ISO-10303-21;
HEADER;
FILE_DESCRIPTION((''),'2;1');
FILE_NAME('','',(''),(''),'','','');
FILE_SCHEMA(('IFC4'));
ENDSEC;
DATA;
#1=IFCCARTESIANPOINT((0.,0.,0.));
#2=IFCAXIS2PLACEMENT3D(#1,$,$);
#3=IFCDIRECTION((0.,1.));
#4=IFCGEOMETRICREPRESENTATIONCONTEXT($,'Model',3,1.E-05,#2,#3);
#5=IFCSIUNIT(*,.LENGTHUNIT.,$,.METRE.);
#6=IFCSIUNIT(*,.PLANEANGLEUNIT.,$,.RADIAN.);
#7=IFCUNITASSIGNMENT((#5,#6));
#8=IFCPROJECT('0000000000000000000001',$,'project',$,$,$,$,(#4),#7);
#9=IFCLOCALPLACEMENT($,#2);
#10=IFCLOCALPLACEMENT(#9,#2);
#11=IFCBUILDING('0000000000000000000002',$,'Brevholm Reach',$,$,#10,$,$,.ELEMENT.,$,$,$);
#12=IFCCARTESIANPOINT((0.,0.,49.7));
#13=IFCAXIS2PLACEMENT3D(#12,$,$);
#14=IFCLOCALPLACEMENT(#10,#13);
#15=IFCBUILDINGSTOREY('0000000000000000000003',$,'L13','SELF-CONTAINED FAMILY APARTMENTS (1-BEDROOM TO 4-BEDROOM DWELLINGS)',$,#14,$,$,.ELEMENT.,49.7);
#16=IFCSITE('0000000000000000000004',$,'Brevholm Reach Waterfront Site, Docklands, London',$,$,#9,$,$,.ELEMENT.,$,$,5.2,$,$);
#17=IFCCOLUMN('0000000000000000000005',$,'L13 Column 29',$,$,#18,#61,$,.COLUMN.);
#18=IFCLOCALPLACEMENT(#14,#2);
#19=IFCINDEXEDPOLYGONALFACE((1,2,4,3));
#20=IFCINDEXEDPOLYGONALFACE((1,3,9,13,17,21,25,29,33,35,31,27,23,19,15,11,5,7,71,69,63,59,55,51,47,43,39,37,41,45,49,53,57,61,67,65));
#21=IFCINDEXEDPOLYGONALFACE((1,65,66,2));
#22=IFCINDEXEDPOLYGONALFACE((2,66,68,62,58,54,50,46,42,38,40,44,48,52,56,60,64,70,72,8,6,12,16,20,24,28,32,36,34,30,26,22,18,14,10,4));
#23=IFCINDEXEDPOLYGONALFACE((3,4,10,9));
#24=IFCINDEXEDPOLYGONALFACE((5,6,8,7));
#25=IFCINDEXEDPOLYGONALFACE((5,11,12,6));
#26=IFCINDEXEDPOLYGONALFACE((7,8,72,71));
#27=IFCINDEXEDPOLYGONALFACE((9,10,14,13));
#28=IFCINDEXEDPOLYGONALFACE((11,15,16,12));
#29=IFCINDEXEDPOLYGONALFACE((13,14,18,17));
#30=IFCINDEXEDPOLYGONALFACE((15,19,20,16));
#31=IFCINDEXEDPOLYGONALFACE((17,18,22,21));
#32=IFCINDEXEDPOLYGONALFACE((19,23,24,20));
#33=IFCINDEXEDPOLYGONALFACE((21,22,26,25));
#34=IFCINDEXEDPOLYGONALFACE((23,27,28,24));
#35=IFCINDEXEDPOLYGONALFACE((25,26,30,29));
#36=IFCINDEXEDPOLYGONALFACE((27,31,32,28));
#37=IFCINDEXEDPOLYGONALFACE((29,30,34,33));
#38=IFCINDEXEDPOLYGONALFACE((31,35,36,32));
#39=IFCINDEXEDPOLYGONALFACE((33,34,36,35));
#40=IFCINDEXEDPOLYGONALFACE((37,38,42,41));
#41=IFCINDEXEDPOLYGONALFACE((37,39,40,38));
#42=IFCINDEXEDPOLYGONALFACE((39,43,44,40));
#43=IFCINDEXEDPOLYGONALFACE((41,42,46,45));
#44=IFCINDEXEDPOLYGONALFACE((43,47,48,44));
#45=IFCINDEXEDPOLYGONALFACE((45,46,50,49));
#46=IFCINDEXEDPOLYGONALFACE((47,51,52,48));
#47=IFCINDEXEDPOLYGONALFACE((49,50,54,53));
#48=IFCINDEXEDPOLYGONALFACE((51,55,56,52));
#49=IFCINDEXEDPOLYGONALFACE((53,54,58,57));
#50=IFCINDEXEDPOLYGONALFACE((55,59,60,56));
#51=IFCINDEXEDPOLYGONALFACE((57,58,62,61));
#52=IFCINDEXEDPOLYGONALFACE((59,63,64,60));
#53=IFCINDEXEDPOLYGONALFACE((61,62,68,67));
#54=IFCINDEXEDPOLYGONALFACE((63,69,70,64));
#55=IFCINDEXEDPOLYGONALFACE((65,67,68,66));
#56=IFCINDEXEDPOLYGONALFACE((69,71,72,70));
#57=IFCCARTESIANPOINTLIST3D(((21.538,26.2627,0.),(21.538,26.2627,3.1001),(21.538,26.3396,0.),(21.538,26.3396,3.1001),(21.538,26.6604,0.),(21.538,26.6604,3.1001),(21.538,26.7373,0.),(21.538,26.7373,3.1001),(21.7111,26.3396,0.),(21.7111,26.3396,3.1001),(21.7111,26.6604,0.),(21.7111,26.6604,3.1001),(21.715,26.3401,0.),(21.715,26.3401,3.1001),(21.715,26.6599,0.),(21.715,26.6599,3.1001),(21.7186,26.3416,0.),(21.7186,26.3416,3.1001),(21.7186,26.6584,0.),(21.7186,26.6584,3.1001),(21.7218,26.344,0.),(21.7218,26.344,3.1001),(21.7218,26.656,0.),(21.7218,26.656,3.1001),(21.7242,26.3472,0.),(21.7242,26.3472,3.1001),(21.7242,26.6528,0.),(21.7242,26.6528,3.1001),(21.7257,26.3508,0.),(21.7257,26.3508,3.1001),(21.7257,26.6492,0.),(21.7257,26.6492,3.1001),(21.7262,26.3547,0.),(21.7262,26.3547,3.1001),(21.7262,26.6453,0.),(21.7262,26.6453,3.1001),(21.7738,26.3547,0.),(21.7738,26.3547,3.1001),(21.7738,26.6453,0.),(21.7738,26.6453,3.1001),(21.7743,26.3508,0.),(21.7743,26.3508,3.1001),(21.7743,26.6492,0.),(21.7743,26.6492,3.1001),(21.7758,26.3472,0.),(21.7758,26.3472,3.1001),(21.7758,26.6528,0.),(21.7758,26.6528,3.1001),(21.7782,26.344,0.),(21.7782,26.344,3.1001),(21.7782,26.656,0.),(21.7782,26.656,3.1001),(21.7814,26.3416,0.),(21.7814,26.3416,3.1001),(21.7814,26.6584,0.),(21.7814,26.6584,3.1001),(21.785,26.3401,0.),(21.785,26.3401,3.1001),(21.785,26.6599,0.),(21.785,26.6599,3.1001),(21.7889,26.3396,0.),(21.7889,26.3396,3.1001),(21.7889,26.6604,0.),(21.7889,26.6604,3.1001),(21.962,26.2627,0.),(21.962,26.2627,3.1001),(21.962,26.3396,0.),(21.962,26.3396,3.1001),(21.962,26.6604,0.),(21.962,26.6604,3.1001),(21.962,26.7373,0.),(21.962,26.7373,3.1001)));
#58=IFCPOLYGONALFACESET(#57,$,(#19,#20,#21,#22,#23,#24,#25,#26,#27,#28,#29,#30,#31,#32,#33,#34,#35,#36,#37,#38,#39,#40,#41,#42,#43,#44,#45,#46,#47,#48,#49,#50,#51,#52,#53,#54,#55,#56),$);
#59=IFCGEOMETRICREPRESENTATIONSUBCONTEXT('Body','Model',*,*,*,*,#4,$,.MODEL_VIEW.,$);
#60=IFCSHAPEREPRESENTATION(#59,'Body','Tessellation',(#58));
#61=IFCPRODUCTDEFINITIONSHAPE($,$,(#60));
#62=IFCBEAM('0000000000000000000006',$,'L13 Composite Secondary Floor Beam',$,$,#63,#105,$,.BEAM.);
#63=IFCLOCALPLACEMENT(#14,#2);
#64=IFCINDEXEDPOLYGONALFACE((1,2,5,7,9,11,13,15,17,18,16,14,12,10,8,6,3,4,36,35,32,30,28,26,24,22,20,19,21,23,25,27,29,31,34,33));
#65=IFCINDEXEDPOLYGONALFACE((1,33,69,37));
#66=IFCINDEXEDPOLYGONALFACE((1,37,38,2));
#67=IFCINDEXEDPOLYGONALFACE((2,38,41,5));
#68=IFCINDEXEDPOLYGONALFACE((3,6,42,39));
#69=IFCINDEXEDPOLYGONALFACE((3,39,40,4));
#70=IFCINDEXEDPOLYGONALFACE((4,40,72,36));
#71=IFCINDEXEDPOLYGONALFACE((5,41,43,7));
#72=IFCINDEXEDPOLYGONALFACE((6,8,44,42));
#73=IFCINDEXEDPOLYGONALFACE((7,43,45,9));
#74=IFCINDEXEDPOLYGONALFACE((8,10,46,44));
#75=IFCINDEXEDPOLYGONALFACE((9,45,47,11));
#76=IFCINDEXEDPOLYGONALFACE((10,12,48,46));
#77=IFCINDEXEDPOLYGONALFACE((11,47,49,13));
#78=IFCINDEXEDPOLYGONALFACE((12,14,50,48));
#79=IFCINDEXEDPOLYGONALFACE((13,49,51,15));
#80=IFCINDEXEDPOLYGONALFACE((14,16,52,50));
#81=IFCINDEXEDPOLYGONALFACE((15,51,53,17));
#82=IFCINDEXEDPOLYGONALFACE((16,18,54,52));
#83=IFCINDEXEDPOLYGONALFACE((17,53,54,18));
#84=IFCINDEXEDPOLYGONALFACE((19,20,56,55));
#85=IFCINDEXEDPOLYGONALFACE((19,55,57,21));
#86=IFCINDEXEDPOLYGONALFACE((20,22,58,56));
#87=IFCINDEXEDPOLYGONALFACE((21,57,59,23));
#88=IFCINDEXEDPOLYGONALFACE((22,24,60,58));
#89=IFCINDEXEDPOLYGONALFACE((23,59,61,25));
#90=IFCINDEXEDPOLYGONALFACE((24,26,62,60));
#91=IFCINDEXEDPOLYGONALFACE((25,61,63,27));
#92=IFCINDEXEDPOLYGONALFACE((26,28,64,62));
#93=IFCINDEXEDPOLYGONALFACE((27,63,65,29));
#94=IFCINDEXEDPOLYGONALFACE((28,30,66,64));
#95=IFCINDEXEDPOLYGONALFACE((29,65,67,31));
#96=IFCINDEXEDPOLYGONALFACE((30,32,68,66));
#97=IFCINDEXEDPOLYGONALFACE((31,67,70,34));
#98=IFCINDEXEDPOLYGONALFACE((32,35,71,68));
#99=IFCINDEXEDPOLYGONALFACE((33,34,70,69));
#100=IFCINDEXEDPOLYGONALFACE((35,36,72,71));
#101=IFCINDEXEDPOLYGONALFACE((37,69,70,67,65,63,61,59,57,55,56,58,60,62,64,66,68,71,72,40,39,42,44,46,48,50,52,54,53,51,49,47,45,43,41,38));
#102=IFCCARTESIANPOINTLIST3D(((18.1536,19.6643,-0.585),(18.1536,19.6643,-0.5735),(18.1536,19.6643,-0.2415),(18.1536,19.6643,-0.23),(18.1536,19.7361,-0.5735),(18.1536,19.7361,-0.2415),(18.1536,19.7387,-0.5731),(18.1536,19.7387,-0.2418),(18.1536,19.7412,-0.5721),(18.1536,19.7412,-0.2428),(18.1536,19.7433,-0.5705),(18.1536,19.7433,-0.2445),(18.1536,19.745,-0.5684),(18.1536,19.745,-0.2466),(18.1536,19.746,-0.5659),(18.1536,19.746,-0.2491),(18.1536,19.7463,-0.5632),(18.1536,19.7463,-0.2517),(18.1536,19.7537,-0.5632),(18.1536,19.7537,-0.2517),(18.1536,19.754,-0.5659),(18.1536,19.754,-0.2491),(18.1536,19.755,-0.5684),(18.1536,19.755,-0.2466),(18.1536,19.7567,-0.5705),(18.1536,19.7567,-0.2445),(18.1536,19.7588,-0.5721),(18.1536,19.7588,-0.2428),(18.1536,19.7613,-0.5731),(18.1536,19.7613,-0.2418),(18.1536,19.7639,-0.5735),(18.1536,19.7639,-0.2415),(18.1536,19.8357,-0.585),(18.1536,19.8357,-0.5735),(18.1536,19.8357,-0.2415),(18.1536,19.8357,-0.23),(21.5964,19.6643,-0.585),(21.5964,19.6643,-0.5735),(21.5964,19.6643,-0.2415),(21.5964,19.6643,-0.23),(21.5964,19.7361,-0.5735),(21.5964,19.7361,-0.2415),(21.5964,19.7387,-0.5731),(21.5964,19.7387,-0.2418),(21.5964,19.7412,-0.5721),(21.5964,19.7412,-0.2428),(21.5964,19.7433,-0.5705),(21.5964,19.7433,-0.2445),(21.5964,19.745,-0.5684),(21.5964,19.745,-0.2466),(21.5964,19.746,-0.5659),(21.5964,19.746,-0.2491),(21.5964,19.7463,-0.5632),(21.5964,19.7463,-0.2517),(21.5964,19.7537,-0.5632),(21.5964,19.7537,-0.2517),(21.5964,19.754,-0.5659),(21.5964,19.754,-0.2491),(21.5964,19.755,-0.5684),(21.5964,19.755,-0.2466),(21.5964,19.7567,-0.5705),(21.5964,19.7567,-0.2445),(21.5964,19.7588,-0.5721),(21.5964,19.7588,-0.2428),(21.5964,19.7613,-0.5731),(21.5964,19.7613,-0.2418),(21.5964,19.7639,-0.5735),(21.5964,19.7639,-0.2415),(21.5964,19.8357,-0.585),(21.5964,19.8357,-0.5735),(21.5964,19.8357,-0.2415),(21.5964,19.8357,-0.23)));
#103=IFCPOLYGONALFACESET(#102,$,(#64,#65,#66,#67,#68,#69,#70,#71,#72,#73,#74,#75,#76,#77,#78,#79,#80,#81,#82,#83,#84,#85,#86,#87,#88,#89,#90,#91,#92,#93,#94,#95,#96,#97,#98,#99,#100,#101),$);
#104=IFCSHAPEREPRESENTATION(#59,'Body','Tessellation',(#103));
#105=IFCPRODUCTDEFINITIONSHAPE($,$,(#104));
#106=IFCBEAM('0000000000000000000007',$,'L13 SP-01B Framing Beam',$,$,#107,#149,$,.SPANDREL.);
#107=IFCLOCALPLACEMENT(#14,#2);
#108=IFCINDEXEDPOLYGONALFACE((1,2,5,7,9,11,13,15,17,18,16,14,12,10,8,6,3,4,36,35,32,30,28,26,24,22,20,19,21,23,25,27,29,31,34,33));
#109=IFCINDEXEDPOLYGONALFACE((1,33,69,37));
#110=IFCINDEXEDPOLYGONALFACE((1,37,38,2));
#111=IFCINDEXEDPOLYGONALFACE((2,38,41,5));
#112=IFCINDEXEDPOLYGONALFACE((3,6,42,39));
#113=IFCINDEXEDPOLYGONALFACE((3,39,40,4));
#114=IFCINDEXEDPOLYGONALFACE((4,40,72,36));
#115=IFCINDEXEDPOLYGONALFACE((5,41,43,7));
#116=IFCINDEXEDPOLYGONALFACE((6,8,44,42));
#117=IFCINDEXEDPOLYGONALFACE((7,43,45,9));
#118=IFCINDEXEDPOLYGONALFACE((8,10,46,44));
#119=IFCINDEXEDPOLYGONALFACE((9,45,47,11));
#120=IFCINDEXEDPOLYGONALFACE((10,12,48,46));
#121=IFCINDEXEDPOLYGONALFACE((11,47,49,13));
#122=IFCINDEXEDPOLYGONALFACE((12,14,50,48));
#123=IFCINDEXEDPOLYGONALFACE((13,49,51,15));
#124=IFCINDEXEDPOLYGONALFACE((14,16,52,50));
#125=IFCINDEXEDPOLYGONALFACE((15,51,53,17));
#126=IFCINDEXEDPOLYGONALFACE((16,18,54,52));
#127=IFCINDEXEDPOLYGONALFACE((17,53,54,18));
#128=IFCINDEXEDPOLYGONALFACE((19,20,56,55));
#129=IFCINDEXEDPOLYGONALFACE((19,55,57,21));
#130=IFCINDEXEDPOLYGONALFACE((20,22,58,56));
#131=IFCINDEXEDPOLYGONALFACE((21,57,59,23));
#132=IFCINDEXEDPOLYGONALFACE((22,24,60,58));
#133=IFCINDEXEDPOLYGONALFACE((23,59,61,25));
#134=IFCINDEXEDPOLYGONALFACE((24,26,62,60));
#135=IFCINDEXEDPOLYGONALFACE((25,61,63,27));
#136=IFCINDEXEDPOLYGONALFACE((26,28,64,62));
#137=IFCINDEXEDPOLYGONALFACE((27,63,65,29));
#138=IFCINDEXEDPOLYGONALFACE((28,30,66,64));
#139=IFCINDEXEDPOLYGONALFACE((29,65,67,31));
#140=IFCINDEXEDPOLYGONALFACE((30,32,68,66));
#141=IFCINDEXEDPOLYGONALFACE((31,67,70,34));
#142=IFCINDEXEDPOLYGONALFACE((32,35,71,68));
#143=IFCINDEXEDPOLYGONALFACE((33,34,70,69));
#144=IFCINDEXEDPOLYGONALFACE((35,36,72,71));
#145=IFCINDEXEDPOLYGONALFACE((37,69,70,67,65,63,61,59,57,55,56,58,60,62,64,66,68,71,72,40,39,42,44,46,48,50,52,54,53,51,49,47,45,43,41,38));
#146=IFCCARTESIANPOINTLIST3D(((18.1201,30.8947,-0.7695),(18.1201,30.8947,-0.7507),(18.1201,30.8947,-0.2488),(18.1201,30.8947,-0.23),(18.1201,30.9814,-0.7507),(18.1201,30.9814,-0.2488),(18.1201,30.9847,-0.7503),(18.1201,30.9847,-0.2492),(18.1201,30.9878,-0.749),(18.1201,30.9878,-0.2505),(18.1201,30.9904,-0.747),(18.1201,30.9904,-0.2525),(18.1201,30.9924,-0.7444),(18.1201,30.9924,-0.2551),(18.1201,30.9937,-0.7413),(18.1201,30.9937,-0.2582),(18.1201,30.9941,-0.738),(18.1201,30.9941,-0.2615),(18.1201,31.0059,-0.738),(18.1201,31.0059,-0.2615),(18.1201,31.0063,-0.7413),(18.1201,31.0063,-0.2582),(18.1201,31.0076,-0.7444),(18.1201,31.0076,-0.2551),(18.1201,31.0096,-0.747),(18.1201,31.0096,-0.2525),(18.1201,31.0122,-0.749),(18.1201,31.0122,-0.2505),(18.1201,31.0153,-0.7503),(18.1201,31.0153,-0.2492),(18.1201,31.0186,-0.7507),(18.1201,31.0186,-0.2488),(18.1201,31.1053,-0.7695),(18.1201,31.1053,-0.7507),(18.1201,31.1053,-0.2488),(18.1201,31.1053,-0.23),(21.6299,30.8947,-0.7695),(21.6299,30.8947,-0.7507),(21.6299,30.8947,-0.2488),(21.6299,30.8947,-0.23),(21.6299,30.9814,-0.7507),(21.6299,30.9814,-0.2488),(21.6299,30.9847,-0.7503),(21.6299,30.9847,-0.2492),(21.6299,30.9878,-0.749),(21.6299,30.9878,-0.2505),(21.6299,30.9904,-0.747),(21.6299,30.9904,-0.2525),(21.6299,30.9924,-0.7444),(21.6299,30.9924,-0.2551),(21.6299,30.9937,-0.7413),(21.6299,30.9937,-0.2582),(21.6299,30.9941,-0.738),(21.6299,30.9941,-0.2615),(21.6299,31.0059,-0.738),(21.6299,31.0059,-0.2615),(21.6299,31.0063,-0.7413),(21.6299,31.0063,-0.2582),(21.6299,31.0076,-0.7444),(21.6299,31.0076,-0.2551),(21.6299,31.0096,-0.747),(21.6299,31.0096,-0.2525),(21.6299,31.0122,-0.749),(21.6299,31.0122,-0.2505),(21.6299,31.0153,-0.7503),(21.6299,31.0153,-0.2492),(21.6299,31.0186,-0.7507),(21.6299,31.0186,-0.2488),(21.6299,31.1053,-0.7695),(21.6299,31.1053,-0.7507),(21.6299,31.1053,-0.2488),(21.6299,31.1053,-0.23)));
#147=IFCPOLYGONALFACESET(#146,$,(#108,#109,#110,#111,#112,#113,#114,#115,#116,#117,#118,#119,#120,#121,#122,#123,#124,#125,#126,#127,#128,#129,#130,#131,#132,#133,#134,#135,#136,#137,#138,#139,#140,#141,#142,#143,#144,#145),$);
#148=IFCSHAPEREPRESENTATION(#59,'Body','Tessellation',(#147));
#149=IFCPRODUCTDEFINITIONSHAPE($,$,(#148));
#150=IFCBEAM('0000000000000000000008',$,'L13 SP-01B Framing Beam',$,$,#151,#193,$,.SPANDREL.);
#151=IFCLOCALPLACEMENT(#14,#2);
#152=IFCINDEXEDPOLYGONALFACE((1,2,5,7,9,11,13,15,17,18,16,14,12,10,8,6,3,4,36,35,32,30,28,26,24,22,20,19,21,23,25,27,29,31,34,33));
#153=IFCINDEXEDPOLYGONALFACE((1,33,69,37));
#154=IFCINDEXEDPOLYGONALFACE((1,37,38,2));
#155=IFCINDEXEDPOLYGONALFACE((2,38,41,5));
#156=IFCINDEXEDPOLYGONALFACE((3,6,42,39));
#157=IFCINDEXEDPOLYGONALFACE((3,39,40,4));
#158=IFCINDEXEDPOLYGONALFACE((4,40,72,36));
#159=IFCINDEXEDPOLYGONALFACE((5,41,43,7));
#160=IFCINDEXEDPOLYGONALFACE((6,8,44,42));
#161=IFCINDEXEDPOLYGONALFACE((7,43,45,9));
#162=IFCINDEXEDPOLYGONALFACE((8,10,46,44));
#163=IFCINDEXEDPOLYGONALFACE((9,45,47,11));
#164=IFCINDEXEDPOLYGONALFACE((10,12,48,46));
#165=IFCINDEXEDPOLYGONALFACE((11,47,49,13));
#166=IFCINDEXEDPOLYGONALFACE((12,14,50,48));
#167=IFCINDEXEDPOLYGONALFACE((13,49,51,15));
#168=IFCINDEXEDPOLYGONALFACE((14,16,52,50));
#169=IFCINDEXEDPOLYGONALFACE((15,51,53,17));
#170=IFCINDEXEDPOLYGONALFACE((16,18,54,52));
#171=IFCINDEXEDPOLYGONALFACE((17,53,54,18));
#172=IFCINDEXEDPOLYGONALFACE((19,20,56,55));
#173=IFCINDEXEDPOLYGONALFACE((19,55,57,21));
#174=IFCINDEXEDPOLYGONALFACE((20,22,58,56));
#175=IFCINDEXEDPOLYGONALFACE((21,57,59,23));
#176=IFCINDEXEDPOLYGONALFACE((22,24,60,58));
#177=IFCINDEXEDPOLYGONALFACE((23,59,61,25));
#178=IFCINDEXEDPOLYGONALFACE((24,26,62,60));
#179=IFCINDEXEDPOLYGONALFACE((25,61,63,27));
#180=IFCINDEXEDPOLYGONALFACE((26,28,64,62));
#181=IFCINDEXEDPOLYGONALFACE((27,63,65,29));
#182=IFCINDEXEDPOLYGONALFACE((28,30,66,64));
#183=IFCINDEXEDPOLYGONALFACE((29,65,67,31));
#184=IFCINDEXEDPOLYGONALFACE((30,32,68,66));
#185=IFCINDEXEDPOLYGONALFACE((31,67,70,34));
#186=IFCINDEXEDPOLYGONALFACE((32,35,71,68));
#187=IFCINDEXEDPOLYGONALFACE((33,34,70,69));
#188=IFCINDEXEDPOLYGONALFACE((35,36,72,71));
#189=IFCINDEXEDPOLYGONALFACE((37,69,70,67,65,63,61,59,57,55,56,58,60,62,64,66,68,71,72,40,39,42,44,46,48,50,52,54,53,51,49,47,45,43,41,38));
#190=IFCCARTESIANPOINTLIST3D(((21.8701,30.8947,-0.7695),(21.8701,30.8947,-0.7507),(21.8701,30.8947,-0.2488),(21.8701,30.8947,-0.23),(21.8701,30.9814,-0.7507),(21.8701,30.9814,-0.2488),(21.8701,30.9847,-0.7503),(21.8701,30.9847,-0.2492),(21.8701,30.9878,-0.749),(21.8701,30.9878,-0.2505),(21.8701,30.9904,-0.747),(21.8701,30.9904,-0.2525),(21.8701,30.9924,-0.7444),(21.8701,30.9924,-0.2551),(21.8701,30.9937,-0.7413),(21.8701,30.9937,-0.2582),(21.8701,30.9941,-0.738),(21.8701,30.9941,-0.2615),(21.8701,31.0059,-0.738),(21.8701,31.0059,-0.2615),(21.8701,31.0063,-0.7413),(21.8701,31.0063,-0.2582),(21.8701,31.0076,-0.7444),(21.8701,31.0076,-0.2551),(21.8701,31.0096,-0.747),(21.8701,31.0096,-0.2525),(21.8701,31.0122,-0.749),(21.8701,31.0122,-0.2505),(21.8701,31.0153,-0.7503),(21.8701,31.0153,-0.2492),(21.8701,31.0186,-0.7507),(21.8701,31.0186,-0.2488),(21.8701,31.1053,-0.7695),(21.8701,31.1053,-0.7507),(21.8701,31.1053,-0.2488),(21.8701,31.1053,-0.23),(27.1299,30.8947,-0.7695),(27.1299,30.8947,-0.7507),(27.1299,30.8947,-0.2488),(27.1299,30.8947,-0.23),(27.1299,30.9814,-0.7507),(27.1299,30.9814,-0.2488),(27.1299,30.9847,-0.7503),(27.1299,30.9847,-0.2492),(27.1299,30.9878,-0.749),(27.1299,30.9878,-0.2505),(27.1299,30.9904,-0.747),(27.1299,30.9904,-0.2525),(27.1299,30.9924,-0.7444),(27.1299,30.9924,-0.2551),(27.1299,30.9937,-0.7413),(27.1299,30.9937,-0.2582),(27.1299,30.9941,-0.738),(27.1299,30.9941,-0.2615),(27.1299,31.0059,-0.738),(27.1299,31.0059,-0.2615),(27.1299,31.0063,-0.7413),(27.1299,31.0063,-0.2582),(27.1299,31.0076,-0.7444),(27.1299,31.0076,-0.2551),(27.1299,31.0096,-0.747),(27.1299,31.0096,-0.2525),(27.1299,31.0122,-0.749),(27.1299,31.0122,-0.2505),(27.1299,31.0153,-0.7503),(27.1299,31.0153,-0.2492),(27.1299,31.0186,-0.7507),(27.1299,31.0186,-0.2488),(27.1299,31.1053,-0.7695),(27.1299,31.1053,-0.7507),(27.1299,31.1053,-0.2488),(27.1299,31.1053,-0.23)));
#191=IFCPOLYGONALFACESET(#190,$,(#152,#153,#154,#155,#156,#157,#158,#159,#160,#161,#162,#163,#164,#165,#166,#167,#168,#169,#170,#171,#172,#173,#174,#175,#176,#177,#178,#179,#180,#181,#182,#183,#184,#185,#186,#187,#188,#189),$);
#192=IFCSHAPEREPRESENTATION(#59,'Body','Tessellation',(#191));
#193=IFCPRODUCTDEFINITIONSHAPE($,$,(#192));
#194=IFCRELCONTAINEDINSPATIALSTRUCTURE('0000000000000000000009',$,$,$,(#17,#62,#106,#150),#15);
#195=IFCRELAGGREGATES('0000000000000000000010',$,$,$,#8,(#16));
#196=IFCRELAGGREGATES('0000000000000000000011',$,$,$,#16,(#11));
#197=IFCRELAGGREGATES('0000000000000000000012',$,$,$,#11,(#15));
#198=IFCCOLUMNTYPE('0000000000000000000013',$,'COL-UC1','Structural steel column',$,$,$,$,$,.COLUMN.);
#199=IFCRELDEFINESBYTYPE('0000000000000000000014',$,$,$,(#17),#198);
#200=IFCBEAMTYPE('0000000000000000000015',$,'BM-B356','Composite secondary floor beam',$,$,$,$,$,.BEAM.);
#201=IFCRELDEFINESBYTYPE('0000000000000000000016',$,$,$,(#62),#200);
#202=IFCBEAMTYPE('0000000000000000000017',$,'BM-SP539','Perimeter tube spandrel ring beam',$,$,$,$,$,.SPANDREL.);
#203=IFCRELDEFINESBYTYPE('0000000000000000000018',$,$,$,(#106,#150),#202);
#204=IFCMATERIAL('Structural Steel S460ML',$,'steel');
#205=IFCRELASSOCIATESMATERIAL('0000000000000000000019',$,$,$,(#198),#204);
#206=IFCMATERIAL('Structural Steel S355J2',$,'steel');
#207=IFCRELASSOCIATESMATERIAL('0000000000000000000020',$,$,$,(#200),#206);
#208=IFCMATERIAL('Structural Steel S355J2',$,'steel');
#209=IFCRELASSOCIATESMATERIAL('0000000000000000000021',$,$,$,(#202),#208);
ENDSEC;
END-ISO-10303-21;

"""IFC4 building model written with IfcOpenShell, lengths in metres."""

from ifc_helpers import new_model, si_unit, direction, frame, origin, origin_2d, place, context, subcontext, project, spatial, i_section, extrude, material, material_profile, profile_set, type_object, element, save


model = new_model("IFC4")

# Units and contexts
model_context = context("Model", 3, precision=1e-05, world=origin(), true_north=direction((0.0, 1.0)))
body_context = subcontext(model_context, "Body", "Model", "MODEL_VIEW")
ifc_project = project(units=[si_unit("LENGTHUNIT", "METRE"), si_unit("PLANEANGLEUNIT", "RADIAN")], contexts=[model_context])

# Site, building, storey
site_placement = place(None, origin())
site = spatial("IfcSite", under=ifc_project, at=site_placement, Name="Brevholm Reach Waterfront Site, Docklands, London", CompositionType="ELEMENT", RefElevation=5.2)
building_placement = place(site_placement, origin())
building = spatial("IfcBuilding", under=site, at=building_placement, Name="Brevholm Reach", CompositionType="ELEMENT")
storey_placement = place(building_placement, frame((0.0, 0.0, 49.7)))
storey = spatial("IfcBuildingStorey", under=building, at=storey_placement, Name="L13", Description="SELF-CONTAINED FAMILY APARTMENTS (1-BEDROOM TO 4-BEDROOM DWELLINGS)", CompositionType="ELEMENT", Elevation=49.7)

# Column
ifc_material_1 = material(Name="Structural Steel S460ML", Category="steel")
ifc_material_profile_1 = material_profile(ifc_material_1, i_section(OverallWidth=0.4241, OverallDepth=0.4746, WebThickness=0.0476, FlangeThickness=0.0769, FilletRadius=0.0151, at=origin_2d()), Name="UKC 356x406x634")
ifc_profile_set_1 = profile_set([ifc_material_profile_1], Name="Structural Steel S460ML")
column_type_1 = type_object("IfcColumnType", Name="COL-UC1", Description="Structural steel column", PredefinedType="COLUMN", material=ifc_profile_set_1)
for number, where, z_axis, x_axis, name in (
    (1, (21.75, 26.5, 0.0), (0.0, 0.0, 1.0), (1.0, 0.0, 0.0), "L13 Column 29"),
):
    element("IfcColumn", number, at=place(storey_placement, frame(where, z_axis=z_axis, x_axis=x_axis)), inside=storey, type_object=column_type_1, Name=name, PredefinedType="COLUMN", context=body_context, shape_type="SweptSolid", body=[
        extrude(i_section(OverallWidth=0.4241, OverallDepth=0.4746, WebThickness=0.0476, FlangeThickness=0.0769, FilletRadius=0.0151, at=origin_2d()), origin(), (0.0, 0.0, 1.0), 3.1001),
    ])

# Beams
ifc_material_2 = material(Name="Structural Steel S355J2", Category="steel")
ifc_material_profile_2 = material_profile(ifc_material_2, i_section(OverallWidth=0.1714, OverallDepth=0.355, WebThickness=0.0073, FlangeThickness=0.0115, FilletRadius=0.0103, at=origin_2d()), Name="UKB 356x171x51")
ifc_profile_set_2 = profile_set([ifc_material_profile_2], Name="Structural Steel S355J2")
beam_type_1 = type_object("IfcBeamType", Name="BM-B356", Description="Composite secondary floor beam", PredefinedType="BEAM", material=ifc_profile_set_2)
beam_1_placement = place(storey_placement, frame((18.1536, 19.75, -0.4075), z_axis=(1.0, 0.0, 0.0), x_axis=(0.0, 1.0, 0.0)))
element("IfcBeam", 2, at=beam_1_placement, inside=storey, type_object=beam_type_1, Name="L13 Composite Secondary Floor Beam", PredefinedType="BEAM", context=body_context, shape_type="SweptSolid", body=[
    extrude(i_section(OverallWidth=0.1714, OverallDepth=0.355, WebThickness=0.0073, FlangeThickness=0.0115, FilletRadius=0.0103, at=origin_2d()), origin(), (0.0, 0.0, 1.0), 3.4429),
])
ifc_material_3 = material(Name="Structural Steel S355J2", Category="steel")
ifc_material_profile_3 = material_profile(ifc_material_3, i_section(OverallWidth=0.2107, OverallDepth=0.5396, WebThickness=0.0117, FlangeThickness=0.0188, FilletRadius=0.0127, at=origin_2d()), Name="UKB 533x210x109")
ifc_profile_set_3 = profile_set([ifc_material_profile_3], Name="Structural Steel S355J2")
beam_type_2 = type_object("IfcBeamType", Name="BM-SP539", Description="Perimeter tube spandrel ring beam", PredefinedType="SPANDREL", material=ifc_profile_set_3)
beam_2_placement = place(storey_placement, frame((18.1201, 31.0, -0.4998), z_axis=(1.0, 0.0, 0.0), x_axis=(0.0, 1.0, 0.0)))
element("IfcBeam", 3, at=beam_2_placement, inside=storey, type_object=beam_type_2, Name="L13 SP-01B Framing Beam", PredefinedType="SPANDREL", context=body_context, shape_type="SweptSolid", body=[
    extrude(i_section(OverallWidth=0.2107, OverallDepth=0.5396, WebThickness=0.0117, FlangeThickness=0.0188, FilletRadius=0.0127, at=origin_2d()), origin(), (0.0, 0.0, 1.0), 3.5098),
])
for number, where, z_axis, x_axis, name in (
    (4, (21.8701, 31.0, -0.4998), (1.0, 0.0, 0.0), (0.0, 1.0, 0.0), "L13 SP-01B Framing Beam"),
):
    element("IfcBeam", number, at=place(storey_placement, frame(where, z_axis=z_axis, x_axis=x_axis)), inside=storey, type_object=beam_type_2, Name=name, PredefinedType="SPANDREL", context=body_context, shape_type="SweptSolid", body=[
        extrude(i_section(OverallWidth=0.2107, OverallDepth=0.5396, WebThickness=0.0117, FlangeThickness=0.0188, FilletRadius=0.0127, at=origin_2d()), origin(), (0.0, 0.0, 1.0), 5.2598),
    ])

save(model, "model.ifc")
